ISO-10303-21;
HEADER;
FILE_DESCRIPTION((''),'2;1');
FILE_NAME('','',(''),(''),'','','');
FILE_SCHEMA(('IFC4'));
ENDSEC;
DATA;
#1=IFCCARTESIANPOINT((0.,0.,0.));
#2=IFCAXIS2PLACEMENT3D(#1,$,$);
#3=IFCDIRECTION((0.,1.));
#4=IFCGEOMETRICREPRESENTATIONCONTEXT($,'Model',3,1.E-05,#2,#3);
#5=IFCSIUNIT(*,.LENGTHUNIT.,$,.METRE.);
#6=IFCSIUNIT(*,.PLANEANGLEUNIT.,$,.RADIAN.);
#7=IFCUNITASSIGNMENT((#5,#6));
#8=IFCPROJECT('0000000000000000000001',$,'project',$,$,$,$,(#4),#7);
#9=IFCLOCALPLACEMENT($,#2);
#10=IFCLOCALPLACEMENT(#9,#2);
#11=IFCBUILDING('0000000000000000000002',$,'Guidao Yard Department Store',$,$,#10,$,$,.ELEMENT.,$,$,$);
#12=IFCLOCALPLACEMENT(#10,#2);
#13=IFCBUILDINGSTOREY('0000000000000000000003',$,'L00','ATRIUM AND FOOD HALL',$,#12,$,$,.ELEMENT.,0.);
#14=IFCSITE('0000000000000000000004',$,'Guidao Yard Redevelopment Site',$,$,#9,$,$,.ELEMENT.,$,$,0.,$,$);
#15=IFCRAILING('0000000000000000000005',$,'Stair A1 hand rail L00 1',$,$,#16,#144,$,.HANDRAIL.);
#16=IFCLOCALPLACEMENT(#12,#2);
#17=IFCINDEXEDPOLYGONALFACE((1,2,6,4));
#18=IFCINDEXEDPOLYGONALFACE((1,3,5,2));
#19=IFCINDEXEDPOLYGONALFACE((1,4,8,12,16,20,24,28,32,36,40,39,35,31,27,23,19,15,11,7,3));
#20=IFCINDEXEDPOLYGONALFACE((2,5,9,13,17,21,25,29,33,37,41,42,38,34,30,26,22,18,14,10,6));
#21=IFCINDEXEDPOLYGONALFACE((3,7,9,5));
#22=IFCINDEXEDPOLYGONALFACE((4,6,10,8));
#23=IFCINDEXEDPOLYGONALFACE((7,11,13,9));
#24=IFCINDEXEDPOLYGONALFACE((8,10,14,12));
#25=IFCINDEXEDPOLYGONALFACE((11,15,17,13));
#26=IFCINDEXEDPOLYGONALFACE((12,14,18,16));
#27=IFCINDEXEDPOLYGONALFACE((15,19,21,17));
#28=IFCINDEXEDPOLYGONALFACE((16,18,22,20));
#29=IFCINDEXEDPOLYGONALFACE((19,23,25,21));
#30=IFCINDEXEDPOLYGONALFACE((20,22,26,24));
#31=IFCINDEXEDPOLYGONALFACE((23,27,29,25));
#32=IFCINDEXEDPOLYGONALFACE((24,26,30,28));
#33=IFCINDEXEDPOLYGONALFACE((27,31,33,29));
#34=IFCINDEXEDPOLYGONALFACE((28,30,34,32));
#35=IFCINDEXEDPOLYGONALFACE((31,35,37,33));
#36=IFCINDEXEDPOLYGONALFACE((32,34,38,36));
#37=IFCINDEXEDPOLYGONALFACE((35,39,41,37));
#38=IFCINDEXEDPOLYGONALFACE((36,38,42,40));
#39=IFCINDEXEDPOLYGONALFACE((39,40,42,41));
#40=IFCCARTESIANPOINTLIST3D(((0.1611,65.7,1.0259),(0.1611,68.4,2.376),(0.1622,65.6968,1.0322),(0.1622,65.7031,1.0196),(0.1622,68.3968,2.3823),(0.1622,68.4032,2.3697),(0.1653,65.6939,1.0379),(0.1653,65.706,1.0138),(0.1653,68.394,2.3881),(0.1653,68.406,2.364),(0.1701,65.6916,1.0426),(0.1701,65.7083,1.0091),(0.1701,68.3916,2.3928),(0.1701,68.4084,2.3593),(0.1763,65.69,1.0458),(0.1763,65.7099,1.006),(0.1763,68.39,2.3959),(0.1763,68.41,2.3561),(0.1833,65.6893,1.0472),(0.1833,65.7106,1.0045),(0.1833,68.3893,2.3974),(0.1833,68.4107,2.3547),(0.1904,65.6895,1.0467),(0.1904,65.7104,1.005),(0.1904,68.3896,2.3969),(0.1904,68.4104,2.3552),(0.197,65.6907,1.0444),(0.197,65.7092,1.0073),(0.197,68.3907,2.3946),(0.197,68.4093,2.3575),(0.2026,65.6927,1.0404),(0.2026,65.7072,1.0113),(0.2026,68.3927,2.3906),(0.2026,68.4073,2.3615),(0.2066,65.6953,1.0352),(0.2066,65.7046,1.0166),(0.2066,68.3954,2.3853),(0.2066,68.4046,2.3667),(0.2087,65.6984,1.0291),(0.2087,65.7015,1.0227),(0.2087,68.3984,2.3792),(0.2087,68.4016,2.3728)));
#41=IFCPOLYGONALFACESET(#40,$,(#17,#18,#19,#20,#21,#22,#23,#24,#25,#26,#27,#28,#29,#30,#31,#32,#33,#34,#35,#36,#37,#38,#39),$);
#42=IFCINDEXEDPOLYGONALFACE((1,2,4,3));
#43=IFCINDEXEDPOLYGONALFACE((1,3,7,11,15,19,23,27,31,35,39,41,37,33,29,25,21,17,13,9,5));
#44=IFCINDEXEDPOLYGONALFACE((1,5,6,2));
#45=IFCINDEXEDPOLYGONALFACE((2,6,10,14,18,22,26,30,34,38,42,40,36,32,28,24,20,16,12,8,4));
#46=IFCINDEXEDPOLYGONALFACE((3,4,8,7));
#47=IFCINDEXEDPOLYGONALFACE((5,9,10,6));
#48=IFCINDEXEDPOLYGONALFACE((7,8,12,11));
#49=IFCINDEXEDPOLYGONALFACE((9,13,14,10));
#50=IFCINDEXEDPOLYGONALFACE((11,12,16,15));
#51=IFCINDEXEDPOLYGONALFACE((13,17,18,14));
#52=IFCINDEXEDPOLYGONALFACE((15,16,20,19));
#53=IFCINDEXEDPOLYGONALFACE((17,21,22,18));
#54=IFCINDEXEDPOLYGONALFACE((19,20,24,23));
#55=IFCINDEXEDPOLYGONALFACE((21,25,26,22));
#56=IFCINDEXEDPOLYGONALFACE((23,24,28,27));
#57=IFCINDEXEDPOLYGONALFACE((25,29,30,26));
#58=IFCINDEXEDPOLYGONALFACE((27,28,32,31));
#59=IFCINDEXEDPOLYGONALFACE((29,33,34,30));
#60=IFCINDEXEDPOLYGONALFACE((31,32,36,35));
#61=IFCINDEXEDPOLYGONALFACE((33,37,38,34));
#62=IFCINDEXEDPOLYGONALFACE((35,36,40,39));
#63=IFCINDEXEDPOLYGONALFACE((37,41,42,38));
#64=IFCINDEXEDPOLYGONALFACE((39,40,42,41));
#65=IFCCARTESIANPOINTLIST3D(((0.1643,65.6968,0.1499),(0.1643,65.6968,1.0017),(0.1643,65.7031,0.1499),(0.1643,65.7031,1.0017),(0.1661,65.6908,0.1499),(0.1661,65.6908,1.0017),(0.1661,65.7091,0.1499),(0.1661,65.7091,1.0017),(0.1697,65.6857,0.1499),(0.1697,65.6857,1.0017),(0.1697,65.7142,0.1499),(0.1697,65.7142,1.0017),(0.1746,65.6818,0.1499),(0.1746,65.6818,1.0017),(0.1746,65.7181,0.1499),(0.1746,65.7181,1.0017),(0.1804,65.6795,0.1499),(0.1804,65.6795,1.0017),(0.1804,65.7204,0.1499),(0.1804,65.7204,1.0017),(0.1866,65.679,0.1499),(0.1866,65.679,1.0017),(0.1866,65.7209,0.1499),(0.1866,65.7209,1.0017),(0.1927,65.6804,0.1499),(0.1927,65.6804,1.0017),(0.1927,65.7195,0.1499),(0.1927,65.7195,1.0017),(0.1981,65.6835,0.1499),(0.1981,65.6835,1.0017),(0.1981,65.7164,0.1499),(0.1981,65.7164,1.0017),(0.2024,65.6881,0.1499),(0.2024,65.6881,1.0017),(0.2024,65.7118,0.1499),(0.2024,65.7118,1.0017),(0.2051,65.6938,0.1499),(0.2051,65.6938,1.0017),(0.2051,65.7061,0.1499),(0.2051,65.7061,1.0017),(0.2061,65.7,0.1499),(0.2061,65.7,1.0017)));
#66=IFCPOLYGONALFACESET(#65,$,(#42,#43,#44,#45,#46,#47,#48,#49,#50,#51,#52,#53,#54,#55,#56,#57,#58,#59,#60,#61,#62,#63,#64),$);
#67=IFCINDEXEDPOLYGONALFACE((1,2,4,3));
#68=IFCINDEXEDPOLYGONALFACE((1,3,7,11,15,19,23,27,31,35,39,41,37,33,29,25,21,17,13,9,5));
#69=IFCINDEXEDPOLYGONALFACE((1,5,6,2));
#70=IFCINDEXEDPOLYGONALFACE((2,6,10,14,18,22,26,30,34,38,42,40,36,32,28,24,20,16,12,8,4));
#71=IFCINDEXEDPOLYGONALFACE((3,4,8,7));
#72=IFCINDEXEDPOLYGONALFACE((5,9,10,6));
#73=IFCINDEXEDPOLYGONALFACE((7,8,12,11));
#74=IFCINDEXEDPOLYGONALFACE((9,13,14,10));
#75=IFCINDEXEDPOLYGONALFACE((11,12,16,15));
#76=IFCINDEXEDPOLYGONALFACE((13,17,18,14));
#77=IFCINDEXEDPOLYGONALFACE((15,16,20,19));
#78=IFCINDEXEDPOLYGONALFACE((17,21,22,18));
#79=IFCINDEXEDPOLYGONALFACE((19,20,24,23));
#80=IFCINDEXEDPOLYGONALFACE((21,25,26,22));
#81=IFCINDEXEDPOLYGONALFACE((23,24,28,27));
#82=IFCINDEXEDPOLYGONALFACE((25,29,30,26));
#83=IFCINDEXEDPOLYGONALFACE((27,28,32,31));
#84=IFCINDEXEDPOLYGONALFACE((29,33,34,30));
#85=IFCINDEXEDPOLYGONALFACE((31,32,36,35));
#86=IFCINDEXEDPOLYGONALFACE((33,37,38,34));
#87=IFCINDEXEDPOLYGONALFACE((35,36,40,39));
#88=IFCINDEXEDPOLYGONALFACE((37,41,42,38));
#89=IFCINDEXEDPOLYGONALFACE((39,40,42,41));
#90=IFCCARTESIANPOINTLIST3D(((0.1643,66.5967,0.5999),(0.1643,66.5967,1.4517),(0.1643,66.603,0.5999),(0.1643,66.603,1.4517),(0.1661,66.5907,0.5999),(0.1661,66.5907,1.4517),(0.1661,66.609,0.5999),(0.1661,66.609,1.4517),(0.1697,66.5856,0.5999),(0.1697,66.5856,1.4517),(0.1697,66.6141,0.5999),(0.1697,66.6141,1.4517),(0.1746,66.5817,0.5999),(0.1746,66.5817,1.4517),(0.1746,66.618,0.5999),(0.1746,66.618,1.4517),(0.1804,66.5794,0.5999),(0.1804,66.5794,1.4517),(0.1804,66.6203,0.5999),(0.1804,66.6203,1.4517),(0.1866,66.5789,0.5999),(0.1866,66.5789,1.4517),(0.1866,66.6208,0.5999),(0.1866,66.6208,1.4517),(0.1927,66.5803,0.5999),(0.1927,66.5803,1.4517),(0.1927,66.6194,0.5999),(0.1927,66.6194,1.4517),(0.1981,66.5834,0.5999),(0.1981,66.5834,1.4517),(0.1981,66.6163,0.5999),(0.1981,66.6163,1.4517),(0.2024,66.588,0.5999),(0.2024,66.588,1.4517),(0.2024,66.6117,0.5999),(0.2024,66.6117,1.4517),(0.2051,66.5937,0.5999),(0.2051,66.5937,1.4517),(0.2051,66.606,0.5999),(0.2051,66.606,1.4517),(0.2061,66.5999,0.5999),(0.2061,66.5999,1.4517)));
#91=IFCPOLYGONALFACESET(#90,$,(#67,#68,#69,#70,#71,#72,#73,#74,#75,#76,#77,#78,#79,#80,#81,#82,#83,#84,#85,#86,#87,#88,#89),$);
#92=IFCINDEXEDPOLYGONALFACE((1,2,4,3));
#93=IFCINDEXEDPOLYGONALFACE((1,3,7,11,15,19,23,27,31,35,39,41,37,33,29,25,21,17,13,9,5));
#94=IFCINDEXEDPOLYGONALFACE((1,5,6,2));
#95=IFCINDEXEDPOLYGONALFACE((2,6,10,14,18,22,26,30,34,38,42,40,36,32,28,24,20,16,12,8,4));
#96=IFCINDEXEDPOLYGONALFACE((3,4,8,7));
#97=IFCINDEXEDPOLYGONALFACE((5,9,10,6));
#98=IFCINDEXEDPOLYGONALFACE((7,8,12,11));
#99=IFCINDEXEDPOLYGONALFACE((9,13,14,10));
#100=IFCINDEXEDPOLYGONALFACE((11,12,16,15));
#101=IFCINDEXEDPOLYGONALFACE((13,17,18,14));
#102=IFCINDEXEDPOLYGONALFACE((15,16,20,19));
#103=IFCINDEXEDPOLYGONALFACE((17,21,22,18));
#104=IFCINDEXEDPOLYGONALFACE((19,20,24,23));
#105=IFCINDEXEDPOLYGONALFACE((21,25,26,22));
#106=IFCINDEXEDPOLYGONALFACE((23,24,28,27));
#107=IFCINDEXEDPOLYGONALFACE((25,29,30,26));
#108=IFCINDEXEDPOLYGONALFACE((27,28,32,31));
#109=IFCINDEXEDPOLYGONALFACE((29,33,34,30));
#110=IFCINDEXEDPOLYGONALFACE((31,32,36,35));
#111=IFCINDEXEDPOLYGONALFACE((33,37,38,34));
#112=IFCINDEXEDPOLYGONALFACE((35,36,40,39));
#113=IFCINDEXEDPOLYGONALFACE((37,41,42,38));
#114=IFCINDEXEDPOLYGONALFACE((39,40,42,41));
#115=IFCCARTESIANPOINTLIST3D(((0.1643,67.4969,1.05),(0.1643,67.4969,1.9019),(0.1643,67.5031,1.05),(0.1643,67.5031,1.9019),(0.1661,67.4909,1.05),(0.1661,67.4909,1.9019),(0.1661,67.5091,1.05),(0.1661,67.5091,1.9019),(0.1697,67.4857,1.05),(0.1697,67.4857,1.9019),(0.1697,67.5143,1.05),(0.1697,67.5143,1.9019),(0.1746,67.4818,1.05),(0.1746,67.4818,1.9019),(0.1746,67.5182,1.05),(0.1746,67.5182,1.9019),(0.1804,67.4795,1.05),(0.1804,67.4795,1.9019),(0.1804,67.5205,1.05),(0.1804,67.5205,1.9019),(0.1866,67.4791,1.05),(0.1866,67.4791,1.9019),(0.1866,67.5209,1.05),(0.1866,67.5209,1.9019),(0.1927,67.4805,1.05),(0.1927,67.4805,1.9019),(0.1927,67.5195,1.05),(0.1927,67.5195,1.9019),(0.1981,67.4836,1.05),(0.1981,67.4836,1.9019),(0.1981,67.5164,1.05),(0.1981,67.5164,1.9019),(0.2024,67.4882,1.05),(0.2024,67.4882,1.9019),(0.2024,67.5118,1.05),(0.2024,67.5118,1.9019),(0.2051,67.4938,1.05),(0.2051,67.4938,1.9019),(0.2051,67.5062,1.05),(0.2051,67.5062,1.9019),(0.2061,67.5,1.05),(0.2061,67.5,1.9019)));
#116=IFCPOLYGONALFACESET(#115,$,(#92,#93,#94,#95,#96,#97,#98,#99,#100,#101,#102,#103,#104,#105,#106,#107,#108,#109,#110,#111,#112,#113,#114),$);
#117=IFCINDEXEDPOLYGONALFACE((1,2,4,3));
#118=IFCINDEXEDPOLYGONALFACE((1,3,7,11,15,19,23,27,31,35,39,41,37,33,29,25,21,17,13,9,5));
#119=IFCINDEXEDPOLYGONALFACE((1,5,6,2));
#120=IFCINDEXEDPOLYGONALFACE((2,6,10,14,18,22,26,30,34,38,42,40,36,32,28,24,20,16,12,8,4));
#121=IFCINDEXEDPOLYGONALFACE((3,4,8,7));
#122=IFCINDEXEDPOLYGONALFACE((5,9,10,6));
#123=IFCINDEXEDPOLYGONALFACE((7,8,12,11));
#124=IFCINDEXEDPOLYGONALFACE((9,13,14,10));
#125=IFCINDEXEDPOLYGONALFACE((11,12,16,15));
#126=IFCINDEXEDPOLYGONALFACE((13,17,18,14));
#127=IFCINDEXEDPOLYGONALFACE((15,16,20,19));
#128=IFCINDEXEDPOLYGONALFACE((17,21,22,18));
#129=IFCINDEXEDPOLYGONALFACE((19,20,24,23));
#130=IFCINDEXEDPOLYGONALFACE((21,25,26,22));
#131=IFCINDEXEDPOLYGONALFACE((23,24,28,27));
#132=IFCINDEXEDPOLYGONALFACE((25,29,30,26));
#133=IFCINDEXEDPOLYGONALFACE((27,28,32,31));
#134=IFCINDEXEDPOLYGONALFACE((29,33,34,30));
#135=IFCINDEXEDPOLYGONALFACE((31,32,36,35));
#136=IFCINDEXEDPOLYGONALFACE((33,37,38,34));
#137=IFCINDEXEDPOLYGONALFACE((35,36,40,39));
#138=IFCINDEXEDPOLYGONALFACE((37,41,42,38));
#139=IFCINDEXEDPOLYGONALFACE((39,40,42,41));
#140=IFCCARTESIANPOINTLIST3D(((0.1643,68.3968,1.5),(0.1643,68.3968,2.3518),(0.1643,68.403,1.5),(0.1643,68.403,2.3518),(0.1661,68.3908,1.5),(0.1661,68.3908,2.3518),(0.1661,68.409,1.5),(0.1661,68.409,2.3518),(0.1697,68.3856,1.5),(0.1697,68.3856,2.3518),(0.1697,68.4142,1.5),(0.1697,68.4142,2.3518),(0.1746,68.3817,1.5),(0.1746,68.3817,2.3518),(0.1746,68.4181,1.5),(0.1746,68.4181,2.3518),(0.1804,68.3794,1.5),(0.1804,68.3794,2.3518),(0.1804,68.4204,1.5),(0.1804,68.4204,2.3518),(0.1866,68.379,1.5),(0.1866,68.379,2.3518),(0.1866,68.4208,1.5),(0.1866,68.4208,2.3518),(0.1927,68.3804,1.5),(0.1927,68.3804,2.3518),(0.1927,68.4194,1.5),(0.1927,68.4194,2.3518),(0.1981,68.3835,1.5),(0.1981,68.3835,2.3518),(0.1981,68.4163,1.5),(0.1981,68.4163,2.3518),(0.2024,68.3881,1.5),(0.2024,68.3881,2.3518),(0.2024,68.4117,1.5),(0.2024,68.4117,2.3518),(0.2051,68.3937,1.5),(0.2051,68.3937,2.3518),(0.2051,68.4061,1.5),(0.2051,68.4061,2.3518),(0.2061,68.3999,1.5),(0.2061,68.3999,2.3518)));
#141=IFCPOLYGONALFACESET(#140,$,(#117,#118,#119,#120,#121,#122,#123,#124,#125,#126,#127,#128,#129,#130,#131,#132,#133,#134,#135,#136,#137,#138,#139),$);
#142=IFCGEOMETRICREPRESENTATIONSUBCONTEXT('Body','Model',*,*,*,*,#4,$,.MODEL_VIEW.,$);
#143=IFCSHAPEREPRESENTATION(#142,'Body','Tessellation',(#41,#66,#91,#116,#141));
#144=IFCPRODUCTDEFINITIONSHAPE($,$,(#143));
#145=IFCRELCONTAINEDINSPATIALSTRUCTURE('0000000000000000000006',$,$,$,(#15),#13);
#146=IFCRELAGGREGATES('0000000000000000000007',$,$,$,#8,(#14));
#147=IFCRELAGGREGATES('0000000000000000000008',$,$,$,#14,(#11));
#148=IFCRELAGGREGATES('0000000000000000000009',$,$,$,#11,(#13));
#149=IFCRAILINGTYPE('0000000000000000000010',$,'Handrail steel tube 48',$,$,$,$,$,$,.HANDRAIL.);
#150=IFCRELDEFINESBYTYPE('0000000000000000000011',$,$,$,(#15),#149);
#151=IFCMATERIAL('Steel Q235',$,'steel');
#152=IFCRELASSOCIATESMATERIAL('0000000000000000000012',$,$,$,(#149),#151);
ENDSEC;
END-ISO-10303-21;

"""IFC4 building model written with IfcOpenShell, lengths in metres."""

from ifc_helpers import new_model, si_unit, direction, frame, origin, origin_2d, place, context, subcontext, project, spatial, circle, extrude, material, type_object, element, save


model = new_model("IFC4")

# Units and contexts
model_context = context("Model", 3, precision=1e-05, world=origin(), true_north=direction((0.0, 1.0)))
body_context = subcontext(model_context, "Body", "Model", "MODEL_VIEW")
ifc_project = project(units=[si_unit("LENGTHUNIT", "METRE"), si_unit("PLANEANGLEUNIT", "RADIAN")], contexts=[model_context])

# Site, building, storey
site_placement = place(None, origin())
site = spatial("IfcSite", under=ifc_project, at=site_placement, Name="Guidao Yard Redevelopment Site", CompositionType="ELEMENT", RefElevation=0.0)
building_placement = place(site_placement, origin())
building = spatial("IfcBuilding", under=site, at=building_placement, Name="Guidao Yard Department Store", CompositionType="ELEMENT")
storey_placement = place(building_placement, origin())
storey = spatial("IfcBuildingStorey", under=building, at=storey_placement, Name="L00", Description="ATRIUM AND FOOD HALL", CompositionType="ELEMENT", Elevation=0.0)

# Railing
ifc_material_1 = material(Name="Steel Q235", Category="steel")
railing_type = type_object("IfcRailingType", Name="Handrail steel tube 48", PredefinedType="HANDRAIL", material=ifc_material_1)
for number, where, name in (
    (1, (0.1851, 65.7, 0.1499), "Stair A1 hand rail L00 1"),
):
    element("IfcRailing", number, at=place(storey_placement, frame(where)), inside=storey, type_object=railing_type, Name=name, PredefinedType="HANDRAIL", context=body_context, shape_type="SweptSolid", body=[
        extrude(circle(Radius=0.0239, at=origin_2d()), frame((0.0, 0.0, 0.876), z_axis=(0.0, 0.894411, 0.447246), x_axis=(-1.0, 0.0, 0.0)), (0.0, 0.0, 1.0), 3.0188),
        extrude(circle(Radius=0.021, at=origin_2d()), origin(), (0.0, 0.0, 1.0), 0.8518),
        extrude(circle(Radius=0.021, at=origin_2d()), frame((0.0, 0.8999, 0.45)), (0.0, 0.0, 1.0), 0.8518),
        extrude(circle(Radius=0.021, at=origin_2d()), frame((0.0, 1.8, 0.9001)), (0.0, 0.0, 1.0), 0.8518),
        extrude(circle(Radius=0.021, at=origin_2d()), frame((0.0, 2.7, 1.3501)), (0.0, 0.0, 1.0), 0.8518),
    ])

save(model, "model.ifc")
